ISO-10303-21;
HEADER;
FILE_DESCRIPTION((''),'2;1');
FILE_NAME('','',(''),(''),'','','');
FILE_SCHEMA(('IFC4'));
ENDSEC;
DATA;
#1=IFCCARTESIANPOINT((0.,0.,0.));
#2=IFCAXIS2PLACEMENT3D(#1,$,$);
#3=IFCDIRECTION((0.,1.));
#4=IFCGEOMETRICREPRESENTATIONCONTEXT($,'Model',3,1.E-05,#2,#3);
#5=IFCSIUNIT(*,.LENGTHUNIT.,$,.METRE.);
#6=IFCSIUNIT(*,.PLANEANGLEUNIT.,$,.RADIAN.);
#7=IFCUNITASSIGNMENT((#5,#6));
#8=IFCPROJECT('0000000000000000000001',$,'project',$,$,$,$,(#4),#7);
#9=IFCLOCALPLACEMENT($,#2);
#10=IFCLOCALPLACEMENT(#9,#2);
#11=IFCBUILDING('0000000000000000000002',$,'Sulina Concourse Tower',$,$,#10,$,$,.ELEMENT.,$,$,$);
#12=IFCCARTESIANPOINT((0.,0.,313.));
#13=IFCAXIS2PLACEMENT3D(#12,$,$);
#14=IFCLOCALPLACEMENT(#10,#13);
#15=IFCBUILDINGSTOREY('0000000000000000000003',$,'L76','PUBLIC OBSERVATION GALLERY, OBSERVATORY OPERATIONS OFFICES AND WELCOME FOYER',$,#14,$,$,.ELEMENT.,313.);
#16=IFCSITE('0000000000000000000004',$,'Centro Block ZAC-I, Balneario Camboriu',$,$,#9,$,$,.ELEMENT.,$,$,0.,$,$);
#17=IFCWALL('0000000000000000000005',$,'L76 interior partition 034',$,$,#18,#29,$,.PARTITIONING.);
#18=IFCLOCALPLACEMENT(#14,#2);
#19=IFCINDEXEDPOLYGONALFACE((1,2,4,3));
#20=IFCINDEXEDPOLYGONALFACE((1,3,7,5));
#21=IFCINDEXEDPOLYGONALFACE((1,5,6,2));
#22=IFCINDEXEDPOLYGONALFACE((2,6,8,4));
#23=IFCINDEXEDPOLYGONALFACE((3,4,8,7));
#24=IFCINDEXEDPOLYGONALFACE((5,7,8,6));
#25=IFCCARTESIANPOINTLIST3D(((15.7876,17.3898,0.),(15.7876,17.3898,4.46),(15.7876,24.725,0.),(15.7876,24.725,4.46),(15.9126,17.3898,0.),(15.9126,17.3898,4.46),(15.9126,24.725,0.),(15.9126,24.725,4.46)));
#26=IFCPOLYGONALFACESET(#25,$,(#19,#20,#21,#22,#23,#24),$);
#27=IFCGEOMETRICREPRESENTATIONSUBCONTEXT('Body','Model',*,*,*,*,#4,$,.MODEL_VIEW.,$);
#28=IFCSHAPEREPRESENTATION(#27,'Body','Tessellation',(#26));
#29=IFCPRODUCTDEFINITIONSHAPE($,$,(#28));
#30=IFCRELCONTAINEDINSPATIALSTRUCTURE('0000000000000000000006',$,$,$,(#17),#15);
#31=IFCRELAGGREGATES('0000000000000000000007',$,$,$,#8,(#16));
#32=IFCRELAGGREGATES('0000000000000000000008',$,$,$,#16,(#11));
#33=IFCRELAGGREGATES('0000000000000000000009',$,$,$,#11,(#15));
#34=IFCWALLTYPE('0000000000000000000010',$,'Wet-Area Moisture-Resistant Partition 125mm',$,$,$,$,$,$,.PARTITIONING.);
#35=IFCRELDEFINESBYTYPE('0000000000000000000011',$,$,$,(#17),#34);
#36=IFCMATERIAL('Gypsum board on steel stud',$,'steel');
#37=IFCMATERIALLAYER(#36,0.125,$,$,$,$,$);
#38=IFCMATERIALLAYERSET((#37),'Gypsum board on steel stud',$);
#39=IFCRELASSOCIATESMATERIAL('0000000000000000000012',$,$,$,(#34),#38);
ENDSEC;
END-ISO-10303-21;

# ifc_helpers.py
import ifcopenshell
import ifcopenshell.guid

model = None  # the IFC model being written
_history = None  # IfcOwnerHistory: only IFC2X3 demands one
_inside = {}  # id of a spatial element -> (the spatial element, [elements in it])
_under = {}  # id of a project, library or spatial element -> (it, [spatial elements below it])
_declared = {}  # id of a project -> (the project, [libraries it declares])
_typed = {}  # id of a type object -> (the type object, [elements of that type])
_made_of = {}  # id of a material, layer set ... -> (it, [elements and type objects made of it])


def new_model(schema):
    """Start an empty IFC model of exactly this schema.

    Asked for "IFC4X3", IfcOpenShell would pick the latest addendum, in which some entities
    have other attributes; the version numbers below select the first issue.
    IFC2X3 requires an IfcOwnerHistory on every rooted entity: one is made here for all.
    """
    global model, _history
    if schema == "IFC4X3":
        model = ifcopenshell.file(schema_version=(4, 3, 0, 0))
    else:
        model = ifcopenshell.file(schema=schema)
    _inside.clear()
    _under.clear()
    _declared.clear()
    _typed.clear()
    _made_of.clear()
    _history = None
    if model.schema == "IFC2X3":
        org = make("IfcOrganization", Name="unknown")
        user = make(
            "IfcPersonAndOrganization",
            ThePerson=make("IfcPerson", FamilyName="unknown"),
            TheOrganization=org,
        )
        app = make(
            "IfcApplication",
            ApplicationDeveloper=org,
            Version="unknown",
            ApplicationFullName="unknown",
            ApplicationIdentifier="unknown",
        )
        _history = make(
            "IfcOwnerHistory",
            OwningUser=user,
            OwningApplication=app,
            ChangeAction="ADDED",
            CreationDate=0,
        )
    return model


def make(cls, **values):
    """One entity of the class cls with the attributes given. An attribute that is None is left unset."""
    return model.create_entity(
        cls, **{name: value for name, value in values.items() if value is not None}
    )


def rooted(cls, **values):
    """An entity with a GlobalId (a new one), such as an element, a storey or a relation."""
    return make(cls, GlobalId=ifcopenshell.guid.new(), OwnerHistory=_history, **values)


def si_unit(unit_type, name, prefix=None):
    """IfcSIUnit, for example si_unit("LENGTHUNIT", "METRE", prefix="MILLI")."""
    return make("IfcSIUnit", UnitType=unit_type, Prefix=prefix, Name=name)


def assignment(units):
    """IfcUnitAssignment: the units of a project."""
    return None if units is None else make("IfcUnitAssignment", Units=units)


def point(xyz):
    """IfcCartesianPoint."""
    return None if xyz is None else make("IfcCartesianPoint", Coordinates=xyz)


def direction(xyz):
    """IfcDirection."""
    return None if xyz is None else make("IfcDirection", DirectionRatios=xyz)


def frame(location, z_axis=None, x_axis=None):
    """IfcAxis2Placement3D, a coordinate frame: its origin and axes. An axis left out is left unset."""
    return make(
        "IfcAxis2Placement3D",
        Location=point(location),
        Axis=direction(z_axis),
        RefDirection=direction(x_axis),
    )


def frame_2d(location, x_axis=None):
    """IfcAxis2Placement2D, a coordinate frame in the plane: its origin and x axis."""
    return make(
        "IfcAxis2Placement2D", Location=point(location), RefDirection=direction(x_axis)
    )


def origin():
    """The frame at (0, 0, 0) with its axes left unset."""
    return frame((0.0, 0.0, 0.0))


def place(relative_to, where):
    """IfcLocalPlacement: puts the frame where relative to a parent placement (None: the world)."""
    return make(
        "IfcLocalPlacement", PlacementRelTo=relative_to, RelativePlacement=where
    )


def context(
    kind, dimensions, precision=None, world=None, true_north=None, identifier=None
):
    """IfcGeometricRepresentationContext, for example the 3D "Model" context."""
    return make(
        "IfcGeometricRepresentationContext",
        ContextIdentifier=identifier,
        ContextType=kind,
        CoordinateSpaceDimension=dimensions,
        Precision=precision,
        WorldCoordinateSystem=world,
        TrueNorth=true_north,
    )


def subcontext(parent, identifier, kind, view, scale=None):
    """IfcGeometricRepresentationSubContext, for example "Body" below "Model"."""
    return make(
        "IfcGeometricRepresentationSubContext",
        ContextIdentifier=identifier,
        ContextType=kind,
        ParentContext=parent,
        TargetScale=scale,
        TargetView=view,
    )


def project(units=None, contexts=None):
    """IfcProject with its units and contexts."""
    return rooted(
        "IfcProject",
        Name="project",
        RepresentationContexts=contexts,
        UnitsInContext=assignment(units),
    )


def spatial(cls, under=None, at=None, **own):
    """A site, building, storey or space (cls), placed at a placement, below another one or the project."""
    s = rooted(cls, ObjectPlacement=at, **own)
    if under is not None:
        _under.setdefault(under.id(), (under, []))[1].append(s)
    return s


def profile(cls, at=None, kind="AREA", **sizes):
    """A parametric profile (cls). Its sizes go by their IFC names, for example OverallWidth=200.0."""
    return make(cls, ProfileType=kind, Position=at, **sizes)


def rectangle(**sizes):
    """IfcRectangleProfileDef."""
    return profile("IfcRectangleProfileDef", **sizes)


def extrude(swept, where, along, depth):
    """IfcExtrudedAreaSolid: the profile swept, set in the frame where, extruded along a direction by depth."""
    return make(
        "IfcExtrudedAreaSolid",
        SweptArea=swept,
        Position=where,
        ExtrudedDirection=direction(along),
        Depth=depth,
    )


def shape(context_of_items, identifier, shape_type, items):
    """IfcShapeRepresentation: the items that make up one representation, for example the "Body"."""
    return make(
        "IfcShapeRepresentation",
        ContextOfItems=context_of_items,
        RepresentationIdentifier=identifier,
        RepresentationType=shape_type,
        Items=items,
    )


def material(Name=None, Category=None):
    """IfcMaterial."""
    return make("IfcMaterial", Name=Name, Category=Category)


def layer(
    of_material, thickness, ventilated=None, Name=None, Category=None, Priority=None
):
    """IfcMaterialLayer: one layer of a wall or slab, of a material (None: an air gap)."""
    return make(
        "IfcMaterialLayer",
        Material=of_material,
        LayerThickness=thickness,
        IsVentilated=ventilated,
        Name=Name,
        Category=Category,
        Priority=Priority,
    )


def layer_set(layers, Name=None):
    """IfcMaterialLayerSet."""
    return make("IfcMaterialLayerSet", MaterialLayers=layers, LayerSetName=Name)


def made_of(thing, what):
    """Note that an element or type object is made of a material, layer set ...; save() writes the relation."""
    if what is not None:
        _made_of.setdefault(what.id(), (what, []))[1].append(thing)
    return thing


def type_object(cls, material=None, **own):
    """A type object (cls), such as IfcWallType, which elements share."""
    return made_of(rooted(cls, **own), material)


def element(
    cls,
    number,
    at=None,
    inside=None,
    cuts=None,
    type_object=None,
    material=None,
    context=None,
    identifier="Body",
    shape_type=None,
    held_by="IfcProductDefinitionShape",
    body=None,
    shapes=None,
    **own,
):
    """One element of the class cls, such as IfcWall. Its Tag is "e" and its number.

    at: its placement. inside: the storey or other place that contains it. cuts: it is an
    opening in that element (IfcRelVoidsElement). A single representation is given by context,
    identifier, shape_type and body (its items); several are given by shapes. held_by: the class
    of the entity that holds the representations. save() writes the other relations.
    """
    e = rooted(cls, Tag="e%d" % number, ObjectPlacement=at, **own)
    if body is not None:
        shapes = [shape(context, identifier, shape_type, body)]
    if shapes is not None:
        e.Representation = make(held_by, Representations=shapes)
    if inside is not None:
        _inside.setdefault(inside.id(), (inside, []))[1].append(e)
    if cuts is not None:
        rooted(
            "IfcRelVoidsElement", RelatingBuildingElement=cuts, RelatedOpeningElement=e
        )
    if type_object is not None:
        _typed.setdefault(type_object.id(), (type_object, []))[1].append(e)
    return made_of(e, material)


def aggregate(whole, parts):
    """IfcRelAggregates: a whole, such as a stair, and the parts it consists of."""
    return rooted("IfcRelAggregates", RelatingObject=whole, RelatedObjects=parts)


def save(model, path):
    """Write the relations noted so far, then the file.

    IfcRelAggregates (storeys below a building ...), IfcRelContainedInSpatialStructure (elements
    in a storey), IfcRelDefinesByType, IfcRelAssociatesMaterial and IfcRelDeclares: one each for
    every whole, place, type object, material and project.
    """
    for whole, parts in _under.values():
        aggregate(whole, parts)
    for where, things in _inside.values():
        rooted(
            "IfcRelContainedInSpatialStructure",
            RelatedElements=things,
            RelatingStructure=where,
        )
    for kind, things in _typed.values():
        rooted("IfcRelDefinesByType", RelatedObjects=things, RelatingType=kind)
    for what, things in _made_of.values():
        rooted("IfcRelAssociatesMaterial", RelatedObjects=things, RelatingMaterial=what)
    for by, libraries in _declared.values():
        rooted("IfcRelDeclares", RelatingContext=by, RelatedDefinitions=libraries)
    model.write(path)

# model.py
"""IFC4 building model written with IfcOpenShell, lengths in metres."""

from ifc_helpers import new_model, si_unit, direction, frame, frame_2d, origin, place, context, subcontext, project, spatial, rectangle, extrude, material, layer, layer_set, type_object, element, save


model = new_model("IFC4")

# Units and contexts
model_context = context("Model", 3, precision=1e-05, world=origin(), true_north=direction((0.0, 1.0)))
body_context = subcontext(model_context, "Body", "Model", "MODEL_VIEW")
ifc_project = project(units=[si_unit("LENGTHUNIT", "METRE"), si_unit("PLANEANGLEUNIT", "RADIAN")], contexts=[model_context])

# Site, building, storey
site_placement = place(None, origin())
site = spatial("IfcSite", under=ifc_project, at=site_placement, Name="Centro Block ZAC-I, Balneario Camboriu", CompositionType="ELEMENT", RefElevation=0.0)
building_placement = place(site_placement, origin())
building = spatial("IfcBuilding", under=site, at=building_placement, Name="Sulina Concourse Tower", CompositionType="ELEMENT")
storey_placement = place(building_placement, frame((0.0, 0.0, 313.0)))
storey = spatial("IfcBuildingStorey", under=building, at=storey_placement, Name="L76", Description="PUBLIC OBSERVATION GALLERY, OBSERVATORY OPERATIONS OFFICES AND WELCOME FOYER", CompositionType="ELEMENT", Elevation=313.0)

# Wall
ifc_material_1 = material(Name="Gypsum board on steel stud", Category="steel")
ifc_layer_1 = layer(ifc_material_1, 0.125)
ifc_layer_set_1 = layer_set([ifc_layer_1], Name="Gypsum board on steel stud")
wall_type_1 = type_object("IfcWallType", Name="Wet-Area Moisture-Resistant Partition 125mm", PredefinedType="PARTITIONING", material=ifc_layer_set_1)
wall_1_placement = place(storey_placement, frame((15.8501, 17.3899, 0.0), z_axis=(0.0, 0.0, 1.0), x_axis=(0.0, 1.0, 0.0)))
element("IfcWall", 1, at=wall_1_placement, inside=storey, type_object=wall_type_1, Name="L76 interior partition 034", PredefinedType="PARTITIONING", context=body_context, shape_type="SweptSolid", body=[
    extrude(rectangle(XDim=7.3352, YDim=0.125, at=frame_2d((3.6675, 0.0))), origin(), (0.0, 0.0, 1.0), 4.46),
])

save(model, "model.ifc")
